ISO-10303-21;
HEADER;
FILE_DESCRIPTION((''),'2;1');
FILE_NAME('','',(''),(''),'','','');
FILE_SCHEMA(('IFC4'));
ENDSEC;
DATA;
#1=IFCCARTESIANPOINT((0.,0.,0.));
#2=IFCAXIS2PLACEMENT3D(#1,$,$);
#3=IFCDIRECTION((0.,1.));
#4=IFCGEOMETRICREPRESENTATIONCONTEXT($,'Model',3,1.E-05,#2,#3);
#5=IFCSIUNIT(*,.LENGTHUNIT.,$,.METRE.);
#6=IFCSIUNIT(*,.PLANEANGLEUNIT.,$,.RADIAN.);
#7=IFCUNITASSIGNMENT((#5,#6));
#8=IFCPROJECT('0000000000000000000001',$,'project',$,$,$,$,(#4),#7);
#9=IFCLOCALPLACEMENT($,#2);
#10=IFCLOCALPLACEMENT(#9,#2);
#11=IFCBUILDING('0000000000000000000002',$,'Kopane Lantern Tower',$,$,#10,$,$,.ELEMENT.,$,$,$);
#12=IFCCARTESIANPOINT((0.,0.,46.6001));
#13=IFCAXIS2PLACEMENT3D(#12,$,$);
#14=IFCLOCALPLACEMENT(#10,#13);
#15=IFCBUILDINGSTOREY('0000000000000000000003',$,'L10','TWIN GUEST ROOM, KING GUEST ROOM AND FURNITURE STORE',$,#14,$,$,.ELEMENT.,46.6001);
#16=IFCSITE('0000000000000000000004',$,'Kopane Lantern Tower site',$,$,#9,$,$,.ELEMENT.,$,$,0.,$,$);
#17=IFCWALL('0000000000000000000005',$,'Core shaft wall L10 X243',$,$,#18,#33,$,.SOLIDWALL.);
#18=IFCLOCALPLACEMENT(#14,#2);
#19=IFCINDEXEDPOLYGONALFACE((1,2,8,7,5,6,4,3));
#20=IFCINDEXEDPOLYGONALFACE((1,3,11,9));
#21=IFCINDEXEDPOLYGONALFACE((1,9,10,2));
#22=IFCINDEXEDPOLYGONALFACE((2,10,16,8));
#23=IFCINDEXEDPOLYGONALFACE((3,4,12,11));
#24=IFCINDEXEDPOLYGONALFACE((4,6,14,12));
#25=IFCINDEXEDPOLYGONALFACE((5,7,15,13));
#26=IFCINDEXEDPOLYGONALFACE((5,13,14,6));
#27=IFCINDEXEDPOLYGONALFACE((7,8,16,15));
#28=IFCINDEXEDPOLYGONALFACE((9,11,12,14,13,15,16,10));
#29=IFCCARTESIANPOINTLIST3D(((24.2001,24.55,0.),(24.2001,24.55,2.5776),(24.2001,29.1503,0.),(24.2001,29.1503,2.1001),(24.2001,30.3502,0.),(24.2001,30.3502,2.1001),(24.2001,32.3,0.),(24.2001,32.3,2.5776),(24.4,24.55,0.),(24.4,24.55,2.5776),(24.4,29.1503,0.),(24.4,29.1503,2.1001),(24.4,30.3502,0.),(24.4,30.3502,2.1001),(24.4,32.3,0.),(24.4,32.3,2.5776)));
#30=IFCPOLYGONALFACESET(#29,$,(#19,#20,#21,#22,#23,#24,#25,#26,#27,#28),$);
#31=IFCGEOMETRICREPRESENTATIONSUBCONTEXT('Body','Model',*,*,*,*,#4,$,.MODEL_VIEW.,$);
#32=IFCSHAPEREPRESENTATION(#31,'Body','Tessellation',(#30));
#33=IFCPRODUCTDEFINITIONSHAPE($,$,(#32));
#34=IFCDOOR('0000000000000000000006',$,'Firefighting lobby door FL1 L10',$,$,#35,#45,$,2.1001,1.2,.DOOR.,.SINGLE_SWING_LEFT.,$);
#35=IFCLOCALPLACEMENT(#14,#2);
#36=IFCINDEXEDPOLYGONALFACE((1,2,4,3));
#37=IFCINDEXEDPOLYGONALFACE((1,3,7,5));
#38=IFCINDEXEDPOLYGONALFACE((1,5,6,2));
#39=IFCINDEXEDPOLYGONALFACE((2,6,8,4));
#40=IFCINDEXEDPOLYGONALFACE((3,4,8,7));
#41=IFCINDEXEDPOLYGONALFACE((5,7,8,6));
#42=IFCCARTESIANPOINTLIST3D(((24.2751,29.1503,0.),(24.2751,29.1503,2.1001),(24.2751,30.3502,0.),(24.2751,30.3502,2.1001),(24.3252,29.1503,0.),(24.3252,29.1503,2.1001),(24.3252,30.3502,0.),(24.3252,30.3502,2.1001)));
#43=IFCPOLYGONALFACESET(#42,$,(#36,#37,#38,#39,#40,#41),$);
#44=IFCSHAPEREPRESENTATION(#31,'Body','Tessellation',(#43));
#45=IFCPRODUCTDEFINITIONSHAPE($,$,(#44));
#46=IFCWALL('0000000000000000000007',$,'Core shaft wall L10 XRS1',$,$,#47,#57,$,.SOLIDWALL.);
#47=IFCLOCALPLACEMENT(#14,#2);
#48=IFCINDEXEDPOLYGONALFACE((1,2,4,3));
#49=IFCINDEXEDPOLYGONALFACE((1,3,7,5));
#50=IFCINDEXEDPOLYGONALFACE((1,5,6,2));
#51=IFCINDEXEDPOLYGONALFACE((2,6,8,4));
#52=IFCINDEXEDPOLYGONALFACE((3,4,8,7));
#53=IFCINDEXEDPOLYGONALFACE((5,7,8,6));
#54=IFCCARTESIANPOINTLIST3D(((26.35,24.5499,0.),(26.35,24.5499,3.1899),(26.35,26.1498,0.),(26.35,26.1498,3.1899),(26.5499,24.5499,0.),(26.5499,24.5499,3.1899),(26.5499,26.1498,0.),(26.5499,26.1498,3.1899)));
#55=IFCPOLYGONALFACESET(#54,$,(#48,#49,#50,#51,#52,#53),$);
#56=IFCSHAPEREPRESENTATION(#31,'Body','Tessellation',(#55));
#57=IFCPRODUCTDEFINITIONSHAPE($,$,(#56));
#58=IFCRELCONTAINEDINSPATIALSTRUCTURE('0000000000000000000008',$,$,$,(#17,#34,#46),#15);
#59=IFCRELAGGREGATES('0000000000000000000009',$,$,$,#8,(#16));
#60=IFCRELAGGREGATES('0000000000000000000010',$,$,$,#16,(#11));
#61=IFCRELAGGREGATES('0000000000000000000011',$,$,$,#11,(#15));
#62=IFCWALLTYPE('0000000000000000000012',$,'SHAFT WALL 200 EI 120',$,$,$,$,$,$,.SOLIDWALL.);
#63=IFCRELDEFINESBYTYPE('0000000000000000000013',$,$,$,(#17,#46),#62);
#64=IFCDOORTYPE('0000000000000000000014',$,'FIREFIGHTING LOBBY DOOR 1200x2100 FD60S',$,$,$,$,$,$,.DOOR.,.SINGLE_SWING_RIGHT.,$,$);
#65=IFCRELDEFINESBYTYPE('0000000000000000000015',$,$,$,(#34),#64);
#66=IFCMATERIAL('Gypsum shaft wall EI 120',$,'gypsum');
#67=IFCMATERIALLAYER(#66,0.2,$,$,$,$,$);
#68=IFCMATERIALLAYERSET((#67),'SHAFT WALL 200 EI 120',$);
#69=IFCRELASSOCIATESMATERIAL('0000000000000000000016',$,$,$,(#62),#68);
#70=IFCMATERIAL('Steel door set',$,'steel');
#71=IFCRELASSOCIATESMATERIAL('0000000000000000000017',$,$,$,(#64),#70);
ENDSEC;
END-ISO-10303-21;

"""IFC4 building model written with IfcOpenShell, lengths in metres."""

from ifc_helpers import new_model, si_unit, direction, frame, frame_2d, origin, place, context, subcontext, project, spatial, rectangle, extrude, material, layer, layer_set, type_object, element, fill, save


model = new_model("IFC4")

# Units and contexts
model_context = context("Model", 3, precision=1e-05, world=origin(), true_north=direction((0.0, 1.0)))
body_context = subcontext(model_context, "Body", "Model", "MODEL_VIEW")
ifc_project = project(units=[si_unit("LENGTHUNIT", "METRE"), si_unit("PLANEANGLEUNIT", "RADIAN")], contexts=[model_context])

# Site, building, storey
site_placement = place(None, origin())
site = spatial("IfcSite", under=ifc_project, at=site_placement, Name="Kopane Lantern Tower site", CompositionType="ELEMENT", RefElevation=0.0)
building_placement = place(site_placement, origin())
building = spatial("IfcBuilding", under=site, at=building_placement, Name="Kopane Lantern Tower", CompositionType="ELEMENT")
storey_placement = place(building_placement, frame((0.0, 0.0, 46.6001)))
storey = spatial("IfcBuildingStorey", under=building, at=storey_placement, Name="L10", Description="TWIN GUEST ROOM, KING GUEST ROOM AND FURNITURE STORE", CompositionType="ELEMENT", Elevation=46.6001)

# Wall, opening, door
ifc_material_1 = material(Name="Gypsum shaft wall EI 120", Category="gypsum")
ifc_layer_1 = layer(ifc_material_1, 0.2)
ifc_layer_set_1 = layer_set([ifc_layer_1], Name="SHAFT WALL 200 EI 120")
wall_type_1 = type_object("IfcWallType", Name="SHAFT WALL 200 EI 120", PredefinedType="SOLIDWALL", material=ifc_layer_set_1)
wall_1_placement = place(storey_placement, frame((24.3, 24.55, 0.0), z_axis=(0.0, 0.0, 1.0), x_axis=(0.0, 1.0, 0.0)))
wall_1 = element("IfcWall", 1, at=wall_1_placement, inside=storey, type_object=wall_type_1, Name="Core shaft wall L10 X243", PredefinedType="SOLIDWALL", context=body_context, shape_type="SweptSolid", body=[
    extrude(rectangle(XDim=7.75, YDim=0.2, at=frame_2d((3.875, 0.0))), origin(), (0.0, 0.0, 1.0), 2.5776),
])
opening_1_placement = place(wall_1_placement, frame((4.6001, 0.0, 0.0)))
opening_1 = element("IfcOpeningElement", 2, at=opening_1_placement, cuts=wall_1, PredefinedType="OPENING", context=body_context, shape_type="SweptSolid", body=[
    extrude(rectangle(XDim=1.2, YDim=2.1001, at=frame_2d((0.6001, 1.05))), frame((0.0, 0.1099, 0.0), z_axis=(0.0, -1.0, 0.0), x_axis=(1.0, 0.0, 0.0)), (0.0, 0.0, 1.0), 0.22),
])
ifc_material_2 = material(Name="Steel door set", Category="steel")
door_type_1 = type_object("IfcDoorType", Name="FIREFIGHTING LOBBY DOOR 1200x2100 FD60S", OperationType="SINGLE_SWING_RIGHT", PredefinedType="DOOR", material=ifc_material_2)
door_1_placement = place(opening_1_placement, origin())
door_1 = element("IfcDoor", 3, at=door_1_placement, inside=storey, type_object=door_type_1, Name="Firefighting lobby door FL1 L10", OperationType="SINGLE_SWING_LEFT", OverallHeight=2.1001, OverallWidth=1.2, PredefinedType="DOOR", context=body_context, shape_type="SweptSolid", body=[
    extrude(rectangle(XDim=1.2, YDim=2.1001, at=frame_2d((0.6001, 1.05))), frame((0.0, 0.0249, 0.0), z_axis=(0.0, -1.0, 0.0), x_axis=(1.0, 0.0, 0.0)), (0.0, 0.0, 1.0), 0.05),
])
fill(opening_1, door_1)

# Wall
wall_2_placement = place(storey_placement, frame((26.45, 24.55, 0.0), z_axis=(0.0, 0.0, 1.0), x_axis=(0.0, 1.0, 0.0)))
element("IfcWall", 4, at=wall_2_placement, inside=storey, type_object=wall_type_1, Name="Core shaft wall L10 XRS1", PredefinedType="SOLIDWALL", context=body_context, shape_type="SweptSolid", body=[
    extrude(rectangle(XDim=1.5999, YDim=0.2, at=frame_2d((0.7998, 0.0))), origin(), (0.0, 0.0, 1.0), 3.1899),
])

save(model, "model.ifc")
